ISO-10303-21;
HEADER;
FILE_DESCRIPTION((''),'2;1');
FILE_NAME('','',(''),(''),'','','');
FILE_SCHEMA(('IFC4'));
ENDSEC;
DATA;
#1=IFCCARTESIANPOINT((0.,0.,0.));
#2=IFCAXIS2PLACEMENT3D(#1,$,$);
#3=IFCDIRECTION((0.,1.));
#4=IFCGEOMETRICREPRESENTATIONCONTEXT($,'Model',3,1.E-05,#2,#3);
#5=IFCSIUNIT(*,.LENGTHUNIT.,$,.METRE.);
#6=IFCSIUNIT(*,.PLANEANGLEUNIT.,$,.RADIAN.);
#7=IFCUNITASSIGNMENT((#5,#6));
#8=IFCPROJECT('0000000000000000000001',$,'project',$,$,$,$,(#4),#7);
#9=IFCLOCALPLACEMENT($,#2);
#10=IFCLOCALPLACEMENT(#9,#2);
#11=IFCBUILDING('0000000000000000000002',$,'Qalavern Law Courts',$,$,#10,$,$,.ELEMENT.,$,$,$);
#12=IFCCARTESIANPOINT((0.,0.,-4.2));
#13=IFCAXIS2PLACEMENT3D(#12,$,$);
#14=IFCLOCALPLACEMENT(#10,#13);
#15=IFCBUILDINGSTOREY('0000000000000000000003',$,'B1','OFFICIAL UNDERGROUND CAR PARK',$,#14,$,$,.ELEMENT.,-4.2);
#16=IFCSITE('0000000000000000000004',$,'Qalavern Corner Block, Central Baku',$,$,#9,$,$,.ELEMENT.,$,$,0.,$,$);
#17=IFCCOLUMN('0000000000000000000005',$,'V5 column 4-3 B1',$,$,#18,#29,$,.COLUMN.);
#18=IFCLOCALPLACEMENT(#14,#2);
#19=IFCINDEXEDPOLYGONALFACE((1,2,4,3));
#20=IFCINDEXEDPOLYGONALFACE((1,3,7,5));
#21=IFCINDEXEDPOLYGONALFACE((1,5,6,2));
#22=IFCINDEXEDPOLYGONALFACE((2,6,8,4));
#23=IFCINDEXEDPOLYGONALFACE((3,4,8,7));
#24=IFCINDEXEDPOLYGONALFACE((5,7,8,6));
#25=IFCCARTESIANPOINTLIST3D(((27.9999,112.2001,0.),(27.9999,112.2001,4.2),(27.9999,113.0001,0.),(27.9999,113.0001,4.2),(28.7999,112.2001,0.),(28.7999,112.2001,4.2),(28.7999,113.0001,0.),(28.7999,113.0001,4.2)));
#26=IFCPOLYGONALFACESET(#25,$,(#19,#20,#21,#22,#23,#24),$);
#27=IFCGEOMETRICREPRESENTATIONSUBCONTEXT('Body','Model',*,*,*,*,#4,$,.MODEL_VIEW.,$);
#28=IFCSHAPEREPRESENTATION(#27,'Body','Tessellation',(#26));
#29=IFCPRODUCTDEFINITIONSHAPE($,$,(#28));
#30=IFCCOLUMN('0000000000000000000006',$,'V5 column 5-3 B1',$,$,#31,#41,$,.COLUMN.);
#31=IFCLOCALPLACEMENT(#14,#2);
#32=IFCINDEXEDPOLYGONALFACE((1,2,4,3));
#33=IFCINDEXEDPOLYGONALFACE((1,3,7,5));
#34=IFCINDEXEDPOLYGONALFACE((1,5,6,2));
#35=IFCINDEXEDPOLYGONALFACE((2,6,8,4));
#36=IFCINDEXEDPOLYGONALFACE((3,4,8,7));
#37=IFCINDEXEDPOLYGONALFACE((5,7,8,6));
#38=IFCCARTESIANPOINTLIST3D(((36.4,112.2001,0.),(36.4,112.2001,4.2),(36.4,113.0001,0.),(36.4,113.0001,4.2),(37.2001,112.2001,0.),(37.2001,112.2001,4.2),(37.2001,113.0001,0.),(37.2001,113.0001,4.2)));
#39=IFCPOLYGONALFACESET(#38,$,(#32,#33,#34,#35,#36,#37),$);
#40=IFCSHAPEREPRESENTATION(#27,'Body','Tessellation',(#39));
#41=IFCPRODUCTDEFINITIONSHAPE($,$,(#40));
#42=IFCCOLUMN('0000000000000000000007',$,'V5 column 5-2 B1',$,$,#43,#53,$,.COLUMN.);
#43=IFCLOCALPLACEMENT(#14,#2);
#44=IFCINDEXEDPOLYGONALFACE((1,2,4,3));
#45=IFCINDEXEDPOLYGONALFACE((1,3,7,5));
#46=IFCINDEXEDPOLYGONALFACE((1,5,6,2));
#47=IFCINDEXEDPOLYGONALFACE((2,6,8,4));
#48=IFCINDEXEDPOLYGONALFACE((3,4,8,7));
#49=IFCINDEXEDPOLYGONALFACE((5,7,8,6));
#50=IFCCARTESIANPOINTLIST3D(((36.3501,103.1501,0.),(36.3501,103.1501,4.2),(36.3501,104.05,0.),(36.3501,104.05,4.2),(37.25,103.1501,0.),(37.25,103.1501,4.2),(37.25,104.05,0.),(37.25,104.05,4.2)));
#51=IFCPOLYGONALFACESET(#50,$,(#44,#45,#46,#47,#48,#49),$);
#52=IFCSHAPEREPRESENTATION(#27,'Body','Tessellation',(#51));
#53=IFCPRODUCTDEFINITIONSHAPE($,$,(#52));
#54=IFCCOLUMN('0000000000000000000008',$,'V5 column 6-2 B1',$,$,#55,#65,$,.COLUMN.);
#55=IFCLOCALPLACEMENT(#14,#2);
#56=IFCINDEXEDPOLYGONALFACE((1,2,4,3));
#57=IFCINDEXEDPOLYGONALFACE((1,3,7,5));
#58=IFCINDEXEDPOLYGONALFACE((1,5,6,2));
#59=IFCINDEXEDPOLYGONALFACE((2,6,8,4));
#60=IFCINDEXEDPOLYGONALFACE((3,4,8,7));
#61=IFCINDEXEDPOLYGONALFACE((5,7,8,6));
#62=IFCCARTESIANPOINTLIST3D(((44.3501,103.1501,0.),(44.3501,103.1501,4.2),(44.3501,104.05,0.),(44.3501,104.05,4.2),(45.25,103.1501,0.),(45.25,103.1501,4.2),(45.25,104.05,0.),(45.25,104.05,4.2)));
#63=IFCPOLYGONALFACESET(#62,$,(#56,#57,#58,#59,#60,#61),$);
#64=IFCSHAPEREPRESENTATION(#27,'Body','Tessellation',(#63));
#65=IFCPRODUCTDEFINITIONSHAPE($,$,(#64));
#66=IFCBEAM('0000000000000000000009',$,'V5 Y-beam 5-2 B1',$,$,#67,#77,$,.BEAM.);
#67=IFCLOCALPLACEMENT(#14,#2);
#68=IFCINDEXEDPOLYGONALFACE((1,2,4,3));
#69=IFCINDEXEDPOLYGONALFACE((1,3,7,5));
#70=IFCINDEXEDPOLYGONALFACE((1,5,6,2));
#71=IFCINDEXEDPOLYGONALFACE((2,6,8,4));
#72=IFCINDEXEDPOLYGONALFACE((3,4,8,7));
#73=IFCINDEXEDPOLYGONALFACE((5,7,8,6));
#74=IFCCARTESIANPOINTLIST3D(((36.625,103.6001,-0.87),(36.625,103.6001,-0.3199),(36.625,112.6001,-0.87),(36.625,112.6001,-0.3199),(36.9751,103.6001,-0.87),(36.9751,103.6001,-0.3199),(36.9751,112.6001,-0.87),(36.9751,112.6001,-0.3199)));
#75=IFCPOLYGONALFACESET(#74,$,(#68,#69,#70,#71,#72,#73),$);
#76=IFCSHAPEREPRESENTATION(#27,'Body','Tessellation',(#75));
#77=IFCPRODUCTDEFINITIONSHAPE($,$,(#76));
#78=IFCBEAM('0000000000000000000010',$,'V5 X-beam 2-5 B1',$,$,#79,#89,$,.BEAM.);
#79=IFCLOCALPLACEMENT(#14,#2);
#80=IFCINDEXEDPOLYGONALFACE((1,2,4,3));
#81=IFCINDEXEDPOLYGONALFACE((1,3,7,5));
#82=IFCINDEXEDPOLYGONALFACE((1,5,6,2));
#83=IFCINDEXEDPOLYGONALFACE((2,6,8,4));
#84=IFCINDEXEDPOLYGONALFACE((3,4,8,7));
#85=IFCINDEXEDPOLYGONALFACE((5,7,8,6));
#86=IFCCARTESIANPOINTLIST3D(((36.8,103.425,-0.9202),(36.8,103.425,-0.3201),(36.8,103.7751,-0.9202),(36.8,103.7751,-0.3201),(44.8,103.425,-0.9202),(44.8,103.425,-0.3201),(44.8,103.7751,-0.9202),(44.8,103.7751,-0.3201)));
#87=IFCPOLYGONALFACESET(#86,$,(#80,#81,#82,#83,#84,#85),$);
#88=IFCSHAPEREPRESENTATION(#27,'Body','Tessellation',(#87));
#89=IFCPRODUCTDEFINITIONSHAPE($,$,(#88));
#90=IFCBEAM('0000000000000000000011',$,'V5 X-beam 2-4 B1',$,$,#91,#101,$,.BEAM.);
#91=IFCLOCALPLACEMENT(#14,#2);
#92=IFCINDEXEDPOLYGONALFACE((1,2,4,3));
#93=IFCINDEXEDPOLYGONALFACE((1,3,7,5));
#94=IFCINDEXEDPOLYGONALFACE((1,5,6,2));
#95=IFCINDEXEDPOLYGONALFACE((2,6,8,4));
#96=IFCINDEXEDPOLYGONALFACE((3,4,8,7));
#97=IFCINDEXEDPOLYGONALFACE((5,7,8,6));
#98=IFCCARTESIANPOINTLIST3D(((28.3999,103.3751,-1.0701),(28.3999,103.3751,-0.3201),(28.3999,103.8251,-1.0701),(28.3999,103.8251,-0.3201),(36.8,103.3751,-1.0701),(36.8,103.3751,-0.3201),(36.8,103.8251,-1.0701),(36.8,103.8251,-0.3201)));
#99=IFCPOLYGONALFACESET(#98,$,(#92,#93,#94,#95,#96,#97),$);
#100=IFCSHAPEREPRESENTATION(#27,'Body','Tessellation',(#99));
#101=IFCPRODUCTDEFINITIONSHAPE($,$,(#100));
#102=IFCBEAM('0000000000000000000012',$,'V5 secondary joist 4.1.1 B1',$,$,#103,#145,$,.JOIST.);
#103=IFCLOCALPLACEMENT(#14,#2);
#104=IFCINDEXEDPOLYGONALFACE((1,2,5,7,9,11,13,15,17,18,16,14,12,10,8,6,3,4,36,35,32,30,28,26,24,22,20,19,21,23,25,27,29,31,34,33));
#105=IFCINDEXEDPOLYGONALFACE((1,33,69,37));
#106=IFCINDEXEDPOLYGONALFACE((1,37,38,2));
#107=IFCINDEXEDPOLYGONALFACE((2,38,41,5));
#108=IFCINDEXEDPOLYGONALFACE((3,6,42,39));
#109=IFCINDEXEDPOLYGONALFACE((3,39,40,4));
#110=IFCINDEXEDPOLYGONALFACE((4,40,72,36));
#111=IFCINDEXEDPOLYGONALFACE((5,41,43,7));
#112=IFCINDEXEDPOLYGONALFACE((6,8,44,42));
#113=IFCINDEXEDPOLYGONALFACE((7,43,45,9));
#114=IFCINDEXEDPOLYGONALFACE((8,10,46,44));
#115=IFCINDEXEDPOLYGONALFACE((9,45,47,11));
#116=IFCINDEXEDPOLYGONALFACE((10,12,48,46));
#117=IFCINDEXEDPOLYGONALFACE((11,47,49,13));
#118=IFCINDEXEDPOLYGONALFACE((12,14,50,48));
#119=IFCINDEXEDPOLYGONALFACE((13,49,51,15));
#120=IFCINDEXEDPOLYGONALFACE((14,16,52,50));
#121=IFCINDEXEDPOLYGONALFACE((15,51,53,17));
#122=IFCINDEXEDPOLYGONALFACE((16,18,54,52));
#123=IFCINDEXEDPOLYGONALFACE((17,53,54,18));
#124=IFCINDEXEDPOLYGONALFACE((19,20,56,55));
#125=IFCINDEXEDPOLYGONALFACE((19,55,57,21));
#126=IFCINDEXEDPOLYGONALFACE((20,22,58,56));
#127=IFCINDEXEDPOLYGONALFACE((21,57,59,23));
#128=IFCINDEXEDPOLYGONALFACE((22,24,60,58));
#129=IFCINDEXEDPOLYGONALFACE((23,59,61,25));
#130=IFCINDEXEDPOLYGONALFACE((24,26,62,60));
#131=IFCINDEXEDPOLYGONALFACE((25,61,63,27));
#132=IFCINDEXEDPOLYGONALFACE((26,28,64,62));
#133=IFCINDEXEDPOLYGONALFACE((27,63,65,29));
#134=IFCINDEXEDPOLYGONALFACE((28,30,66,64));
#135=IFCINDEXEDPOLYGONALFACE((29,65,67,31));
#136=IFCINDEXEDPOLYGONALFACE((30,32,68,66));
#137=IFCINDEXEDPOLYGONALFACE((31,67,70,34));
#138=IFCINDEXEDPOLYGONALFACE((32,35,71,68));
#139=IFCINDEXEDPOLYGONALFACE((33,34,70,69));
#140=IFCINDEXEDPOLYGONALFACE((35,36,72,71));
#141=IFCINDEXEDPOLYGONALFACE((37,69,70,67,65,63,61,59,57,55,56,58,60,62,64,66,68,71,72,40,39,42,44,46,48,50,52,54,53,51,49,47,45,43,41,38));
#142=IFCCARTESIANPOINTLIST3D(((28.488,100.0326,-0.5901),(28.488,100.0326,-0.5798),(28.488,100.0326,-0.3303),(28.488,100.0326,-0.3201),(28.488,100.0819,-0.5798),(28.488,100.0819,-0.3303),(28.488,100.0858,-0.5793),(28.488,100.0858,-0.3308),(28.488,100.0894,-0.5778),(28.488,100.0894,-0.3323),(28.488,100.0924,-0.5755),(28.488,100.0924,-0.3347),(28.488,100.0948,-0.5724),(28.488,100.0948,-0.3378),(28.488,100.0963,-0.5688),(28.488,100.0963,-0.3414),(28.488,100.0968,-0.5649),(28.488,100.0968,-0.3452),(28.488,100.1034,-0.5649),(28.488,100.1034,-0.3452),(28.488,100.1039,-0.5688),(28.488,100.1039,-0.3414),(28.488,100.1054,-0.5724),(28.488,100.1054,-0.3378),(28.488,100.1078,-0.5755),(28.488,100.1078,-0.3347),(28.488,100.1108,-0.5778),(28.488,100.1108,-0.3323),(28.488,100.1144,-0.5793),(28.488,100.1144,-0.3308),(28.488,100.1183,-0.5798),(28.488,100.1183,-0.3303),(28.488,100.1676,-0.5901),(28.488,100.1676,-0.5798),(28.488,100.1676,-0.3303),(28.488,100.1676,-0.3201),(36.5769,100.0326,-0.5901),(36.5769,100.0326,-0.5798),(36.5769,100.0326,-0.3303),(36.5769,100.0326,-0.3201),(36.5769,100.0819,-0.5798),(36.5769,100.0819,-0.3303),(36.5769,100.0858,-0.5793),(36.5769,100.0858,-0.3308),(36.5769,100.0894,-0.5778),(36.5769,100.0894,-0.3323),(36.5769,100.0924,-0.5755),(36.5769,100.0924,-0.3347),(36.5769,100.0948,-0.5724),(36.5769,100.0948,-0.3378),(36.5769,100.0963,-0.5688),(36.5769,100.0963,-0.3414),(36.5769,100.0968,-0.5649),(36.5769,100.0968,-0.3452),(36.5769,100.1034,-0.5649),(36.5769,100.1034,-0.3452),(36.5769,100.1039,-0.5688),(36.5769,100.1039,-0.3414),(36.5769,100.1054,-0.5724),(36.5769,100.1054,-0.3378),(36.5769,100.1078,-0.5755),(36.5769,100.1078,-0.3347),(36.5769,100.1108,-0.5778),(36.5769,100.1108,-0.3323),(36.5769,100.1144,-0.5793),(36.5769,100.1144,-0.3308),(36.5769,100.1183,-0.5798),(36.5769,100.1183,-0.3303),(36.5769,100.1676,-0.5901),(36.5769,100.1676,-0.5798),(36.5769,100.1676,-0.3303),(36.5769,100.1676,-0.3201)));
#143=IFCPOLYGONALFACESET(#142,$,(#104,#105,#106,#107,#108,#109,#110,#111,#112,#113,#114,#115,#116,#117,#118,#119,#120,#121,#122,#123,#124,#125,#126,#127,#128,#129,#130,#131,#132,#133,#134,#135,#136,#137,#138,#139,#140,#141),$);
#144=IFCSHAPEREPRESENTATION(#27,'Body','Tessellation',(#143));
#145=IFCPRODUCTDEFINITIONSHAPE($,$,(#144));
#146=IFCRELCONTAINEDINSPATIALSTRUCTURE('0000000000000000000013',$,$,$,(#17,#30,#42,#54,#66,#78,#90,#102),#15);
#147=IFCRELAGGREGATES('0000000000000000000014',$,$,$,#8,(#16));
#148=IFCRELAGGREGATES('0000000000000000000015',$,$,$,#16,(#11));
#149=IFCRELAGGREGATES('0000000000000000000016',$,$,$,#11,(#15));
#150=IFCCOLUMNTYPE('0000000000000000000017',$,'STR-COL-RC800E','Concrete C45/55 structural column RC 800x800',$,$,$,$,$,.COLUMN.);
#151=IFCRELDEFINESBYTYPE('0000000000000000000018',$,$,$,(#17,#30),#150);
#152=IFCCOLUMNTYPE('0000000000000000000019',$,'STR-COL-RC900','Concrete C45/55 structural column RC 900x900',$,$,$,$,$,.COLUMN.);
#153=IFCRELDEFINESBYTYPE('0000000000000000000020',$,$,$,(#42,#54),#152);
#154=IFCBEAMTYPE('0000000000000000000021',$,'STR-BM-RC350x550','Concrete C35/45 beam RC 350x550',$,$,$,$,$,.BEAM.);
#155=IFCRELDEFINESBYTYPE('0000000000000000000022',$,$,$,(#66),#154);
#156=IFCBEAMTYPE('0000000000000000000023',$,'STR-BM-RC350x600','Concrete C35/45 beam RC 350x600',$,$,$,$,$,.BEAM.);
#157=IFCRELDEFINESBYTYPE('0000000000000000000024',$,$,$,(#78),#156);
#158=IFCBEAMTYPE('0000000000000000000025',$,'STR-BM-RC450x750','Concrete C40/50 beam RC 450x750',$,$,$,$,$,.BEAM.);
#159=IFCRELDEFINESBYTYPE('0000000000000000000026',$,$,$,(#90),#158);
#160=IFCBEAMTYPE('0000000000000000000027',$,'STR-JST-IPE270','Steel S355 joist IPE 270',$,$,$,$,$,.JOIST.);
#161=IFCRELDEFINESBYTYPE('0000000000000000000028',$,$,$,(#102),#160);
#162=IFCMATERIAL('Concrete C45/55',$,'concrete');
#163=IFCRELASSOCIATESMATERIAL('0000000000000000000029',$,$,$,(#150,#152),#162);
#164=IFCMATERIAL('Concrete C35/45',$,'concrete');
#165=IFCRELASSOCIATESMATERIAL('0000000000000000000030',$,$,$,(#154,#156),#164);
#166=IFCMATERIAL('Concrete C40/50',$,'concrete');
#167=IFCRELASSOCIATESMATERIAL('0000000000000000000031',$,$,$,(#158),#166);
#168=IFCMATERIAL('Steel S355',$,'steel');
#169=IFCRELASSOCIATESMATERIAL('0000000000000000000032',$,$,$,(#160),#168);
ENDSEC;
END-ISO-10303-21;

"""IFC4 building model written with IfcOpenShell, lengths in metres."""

from ifc_helpers import new_model, si_unit, direction, frame, origin, origin_2d, place, context, subcontext, project, spatial, rectangle, i_section, extrude, material, material_profile, profile_set, type_object, element, save


model = new_model("IFC4")

# Units and contexts
model_context = context("Model", 3, precision=1e-05, world=origin(), true_north=direction((0.0, 1.0)))
body_context = subcontext(model_context, "Body", "Model", "MODEL_VIEW")
ifc_project = project(units=[si_unit("LENGTHUNIT", "METRE"), si_unit("PLANEANGLEUNIT", "RADIAN")], contexts=[model_context])

# Site, building, storey
site_placement = place(None, origin())
site = spatial("IfcSite", under=ifc_project, at=site_placement, Name="Qalavern Corner Block, Central Baku", CompositionType="ELEMENT", RefElevation=0.0)
building_placement = place(site_placement, origin())
building = spatial("IfcBuilding", under=site, at=building_placement, Name="Qalavern Law Courts", CompositionType="ELEMENT")
storey_placement = place(building_placement, frame((0.0, 0.0, -4.2)))
storey = spatial("IfcBuildingStorey", under=building, at=storey_placement, Name="B1", Description="OFFICIAL UNDERGROUND CAR PARK", CompositionType="ELEMENT", Elevation=-4.2)

# Columns
ifc_material_1 = material(Name="Concrete C45/55", Category="concrete")
ifc_material_profile_1 = material_profile(ifc_material_1, rectangle(XDim=0.8, YDim=0.8, at=origin_2d()), Name="RC 800x800")
ifc_profile_set_1 = profile_set([ifc_material_profile_1], Name="Concrete C45/55")
column_type_1 = type_object("IfcColumnType", Name="STR-COL-RC800E", Description="Concrete C45/55 structural column RC 800x800", PredefinedType="COLUMN", material=ifc_profile_set_1)
for number, where, z_axis, x_axis, name in (
    (1, (28.3999, 112.6001, 0.0), (0.0, 0.0, 1.0), (1.0, 0.0, 0.0), "V5 column 4-3 B1"),
    (2, (36.8, 112.6001, 0.0), (0.0, 0.0, 1.0), (1.0, 0.0, 0.0), "V5 column 5-3 B1"),
):
    element("IfcColumn", number, at=place(storey_placement, frame(where, z_axis=z_axis, x_axis=x_axis)), inside=storey, type_object=column_type_1, Name=name, PredefinedType="COLUMN", context=body_context, shape_type="SweptSolid", body=[
        extrude(rectangle(XDim=0.8, YDim=0.8, at=origin_2d()), origin(), (0.0, 0.0, 1.0), 4.2),
    ])
ifc_material_profile_2 = material_profile(ifc_material_1, rectangle(XDim=0.8999, YDim=0.8999, at=origin_2d()), Name="RC 900x900")
ifc_profile_set_2 = profile_set([ifc_material_profile_2], Name="Concrete C45/55")
column_type_2 = type_object("IfcColumnType", Name="STR-COL-RC900", Description="Concrete C45/55 structural column RC 900x900", PredefinedType="COLUMN", material=ifc_profile_set_2)
for number, where, z_axis, x_axis, name in (
    (3, (36.8, 103.6001, 0.0), (0.0, 0.0, 1.0), (1.0, 0.0, 0.0), "V5 column 5-2 B1"),
    (4, (44.8, 103.6001, 0.0), (0.0, 0.0, 1.0), (1.0, 0.0, 0.0), "V5 column 6-2 B1"),
):
    element("IfcColumn", number, at=place(storey_placement, frame(where, z_axis=z_axis, x_axis=x_axis)), inside=storey, type_object=column_type_2, Name=name, PredefinedType="COLUMN", context=body_context, shape_type="SweptSolid", body=[
        extrude(rectangle(XDim=0.8999, YDim=0.8999, at=origin_2d()), origin(), (0.0, 0.0, 1.0), 4.2),
    ])

# Beams
ifc_material_2 = material(Name="Concrete C35/45", Category="concrete")
ifc_material_profile_3 = material_profile(ifc_material_2, rectangle(XDim=0.3501, YDim=0.55, at=origin_2d()), Name="RC 350x550")
ifc_profile_set_3 = profile_set([ifc_material_profile_3], Name="Concrete C35/45")
beam_type_1 = type_object("IfcBeamType", Name="STR-BM-RC350x550", Description="Concrete C35/45 beam RC 350x550", PredefinedType="BEAM", material=ifc_profile_set_3)
beam_1_placement = place(storey_placement, frame((36.8, 103.6001, -0.595), z_axis=(0.0, 1.0, 0.0), x_axis=(-1.0, 0.0, 0.0)))
element("IfcBeam", 5, at=beam_1_placement, inside=storey, type_object=beam_type_1, Name="V5 Y-beam 5-2 B1", PredefinedType="BEAM", context=body_context, shape_type="SweptSolid", body=[
    extrude(rectangle(XDim=0.3501, YDim=0.55, at=origin_2d()), origin(), (0.0, 0.0, 1.0), 9.0),
])
ifc_material_profile_4 = material_profile(ifc_material_2, rectangle(XDim=0.3501, YDim=0.6001, at=origin_2d()), Name="RC 350x600")
ifc_profile_set_4 = profile_set([ifc_material_profile_4], Name="Concrete C35/45")
beam_type_2 = type_object("IfcBeamType", Name="STR-BM-RC350x600", Description="Concrete C35/45 beam RC 350x600", PredefinedType="BEAM", material=ifc_profile_set_4)
beam_2_placement = place(storey_placement, frame((36.8, 103.6001, -0.6201), z_axis=(1.0, 0.0, 0.0), x_axis=(0.0, 1.0, 0.0)))
element("IfcBeam", 6, at=beam_2_placement, inside=storey, type_object=beam_type_2, Name="V5 X-beam 2-5 B1", PredefinedType="BEAM", context=body_context, shape_type="SweptSolid", body=[
    extrude(rectangle(XDim=0.3501, YDim=0.6001, at=origin_2d()), origin(), (0.0, 0.0, 1.0), 8.0),
])
ifc_material_3 = material(Name="Concrete C40/50", Category="concrete")
ifc_material_profile_5 = material_profile(ifc_material_3, rectangle(XDim=0.45, YDim=0.75, at=origin_2d()), Name="RC 450x750")
ifc_profile_set_5 = profile_set([ifc_material_profile_5], Name="Concrete C40/50")
beam_type_3 = type_object("IfcBeamType", Name="STR-BM-RC450x750", Description="Concrete C40/50 beam RC 450x750", PredefinedType="BEAM", material=ifc_profile_set_5)
beam_3_placement = place(storey_placement, frame((28.3999, 103.6001, -0.6951), z_axis=(1.0, 0.0, 0.0), x_axis=(0.0, 1.0, 0.0)))
element("IfcBeam", 7, at=beam_3_placement, inside=storey, type_object=beam_type_3, Name="V5 X-beam 2-4 B1", PredefinedType="BEAM", context=body_context, shape_type="SweptSolid", body=[
    extrude(rectangle(XDim=0.45, YDim=0.75, at=origin_2d()), origin(), (0.0, 0.0, 1.0), 8.4001),
])
ifc_material_4 = material(Name="Steel S355", Category="steel")
ifc_material_profile_6 = material_profile(ifc_material_4, i_section(OverallWidth=0.135, OverallDepth=0.27, WebThickness=0.0066, FlangeThickness=0.0103, FilletRadius=0.0149, at=origin_2d()), Name="IPE 270")
ifc_profile_set_6 = profile_set([ifc_material_profile_6], Name="Steel S355")
beam_type_4 = type_object("IfcBeamType", Name="STR-JST-IPE270", Description="Steel S355 joist IPE 270", PredefinedType="JOIST", material=ifc_profile_set_6)
beam_4_placement = place(storey_placement, frame((28.488, 100.1001, -0.4551), z_axis=(1.0, 0.0, 0.0), x_axis=(0.0, 1.0, 0.0)))
element("IfcBeam", 8, at=beam_4_placement, inside=storey, type_object=beam_type_4, Name="V5 secondary joist 4.1.1 B1", PredefinedType="JOIST", context=body_context, shape_type="SweptSolid", body=[
    extrude(i_section(OverallWidth=0.135, OverallDepth=0.27, WebThickness=0.0066, FlangeThickness=0.0103, FilletRadius=0.0149, at=origin_2d()), origin(), (0.0, 0.0, 1.0), 8.0889),
])

save(model, "model.ifc")
